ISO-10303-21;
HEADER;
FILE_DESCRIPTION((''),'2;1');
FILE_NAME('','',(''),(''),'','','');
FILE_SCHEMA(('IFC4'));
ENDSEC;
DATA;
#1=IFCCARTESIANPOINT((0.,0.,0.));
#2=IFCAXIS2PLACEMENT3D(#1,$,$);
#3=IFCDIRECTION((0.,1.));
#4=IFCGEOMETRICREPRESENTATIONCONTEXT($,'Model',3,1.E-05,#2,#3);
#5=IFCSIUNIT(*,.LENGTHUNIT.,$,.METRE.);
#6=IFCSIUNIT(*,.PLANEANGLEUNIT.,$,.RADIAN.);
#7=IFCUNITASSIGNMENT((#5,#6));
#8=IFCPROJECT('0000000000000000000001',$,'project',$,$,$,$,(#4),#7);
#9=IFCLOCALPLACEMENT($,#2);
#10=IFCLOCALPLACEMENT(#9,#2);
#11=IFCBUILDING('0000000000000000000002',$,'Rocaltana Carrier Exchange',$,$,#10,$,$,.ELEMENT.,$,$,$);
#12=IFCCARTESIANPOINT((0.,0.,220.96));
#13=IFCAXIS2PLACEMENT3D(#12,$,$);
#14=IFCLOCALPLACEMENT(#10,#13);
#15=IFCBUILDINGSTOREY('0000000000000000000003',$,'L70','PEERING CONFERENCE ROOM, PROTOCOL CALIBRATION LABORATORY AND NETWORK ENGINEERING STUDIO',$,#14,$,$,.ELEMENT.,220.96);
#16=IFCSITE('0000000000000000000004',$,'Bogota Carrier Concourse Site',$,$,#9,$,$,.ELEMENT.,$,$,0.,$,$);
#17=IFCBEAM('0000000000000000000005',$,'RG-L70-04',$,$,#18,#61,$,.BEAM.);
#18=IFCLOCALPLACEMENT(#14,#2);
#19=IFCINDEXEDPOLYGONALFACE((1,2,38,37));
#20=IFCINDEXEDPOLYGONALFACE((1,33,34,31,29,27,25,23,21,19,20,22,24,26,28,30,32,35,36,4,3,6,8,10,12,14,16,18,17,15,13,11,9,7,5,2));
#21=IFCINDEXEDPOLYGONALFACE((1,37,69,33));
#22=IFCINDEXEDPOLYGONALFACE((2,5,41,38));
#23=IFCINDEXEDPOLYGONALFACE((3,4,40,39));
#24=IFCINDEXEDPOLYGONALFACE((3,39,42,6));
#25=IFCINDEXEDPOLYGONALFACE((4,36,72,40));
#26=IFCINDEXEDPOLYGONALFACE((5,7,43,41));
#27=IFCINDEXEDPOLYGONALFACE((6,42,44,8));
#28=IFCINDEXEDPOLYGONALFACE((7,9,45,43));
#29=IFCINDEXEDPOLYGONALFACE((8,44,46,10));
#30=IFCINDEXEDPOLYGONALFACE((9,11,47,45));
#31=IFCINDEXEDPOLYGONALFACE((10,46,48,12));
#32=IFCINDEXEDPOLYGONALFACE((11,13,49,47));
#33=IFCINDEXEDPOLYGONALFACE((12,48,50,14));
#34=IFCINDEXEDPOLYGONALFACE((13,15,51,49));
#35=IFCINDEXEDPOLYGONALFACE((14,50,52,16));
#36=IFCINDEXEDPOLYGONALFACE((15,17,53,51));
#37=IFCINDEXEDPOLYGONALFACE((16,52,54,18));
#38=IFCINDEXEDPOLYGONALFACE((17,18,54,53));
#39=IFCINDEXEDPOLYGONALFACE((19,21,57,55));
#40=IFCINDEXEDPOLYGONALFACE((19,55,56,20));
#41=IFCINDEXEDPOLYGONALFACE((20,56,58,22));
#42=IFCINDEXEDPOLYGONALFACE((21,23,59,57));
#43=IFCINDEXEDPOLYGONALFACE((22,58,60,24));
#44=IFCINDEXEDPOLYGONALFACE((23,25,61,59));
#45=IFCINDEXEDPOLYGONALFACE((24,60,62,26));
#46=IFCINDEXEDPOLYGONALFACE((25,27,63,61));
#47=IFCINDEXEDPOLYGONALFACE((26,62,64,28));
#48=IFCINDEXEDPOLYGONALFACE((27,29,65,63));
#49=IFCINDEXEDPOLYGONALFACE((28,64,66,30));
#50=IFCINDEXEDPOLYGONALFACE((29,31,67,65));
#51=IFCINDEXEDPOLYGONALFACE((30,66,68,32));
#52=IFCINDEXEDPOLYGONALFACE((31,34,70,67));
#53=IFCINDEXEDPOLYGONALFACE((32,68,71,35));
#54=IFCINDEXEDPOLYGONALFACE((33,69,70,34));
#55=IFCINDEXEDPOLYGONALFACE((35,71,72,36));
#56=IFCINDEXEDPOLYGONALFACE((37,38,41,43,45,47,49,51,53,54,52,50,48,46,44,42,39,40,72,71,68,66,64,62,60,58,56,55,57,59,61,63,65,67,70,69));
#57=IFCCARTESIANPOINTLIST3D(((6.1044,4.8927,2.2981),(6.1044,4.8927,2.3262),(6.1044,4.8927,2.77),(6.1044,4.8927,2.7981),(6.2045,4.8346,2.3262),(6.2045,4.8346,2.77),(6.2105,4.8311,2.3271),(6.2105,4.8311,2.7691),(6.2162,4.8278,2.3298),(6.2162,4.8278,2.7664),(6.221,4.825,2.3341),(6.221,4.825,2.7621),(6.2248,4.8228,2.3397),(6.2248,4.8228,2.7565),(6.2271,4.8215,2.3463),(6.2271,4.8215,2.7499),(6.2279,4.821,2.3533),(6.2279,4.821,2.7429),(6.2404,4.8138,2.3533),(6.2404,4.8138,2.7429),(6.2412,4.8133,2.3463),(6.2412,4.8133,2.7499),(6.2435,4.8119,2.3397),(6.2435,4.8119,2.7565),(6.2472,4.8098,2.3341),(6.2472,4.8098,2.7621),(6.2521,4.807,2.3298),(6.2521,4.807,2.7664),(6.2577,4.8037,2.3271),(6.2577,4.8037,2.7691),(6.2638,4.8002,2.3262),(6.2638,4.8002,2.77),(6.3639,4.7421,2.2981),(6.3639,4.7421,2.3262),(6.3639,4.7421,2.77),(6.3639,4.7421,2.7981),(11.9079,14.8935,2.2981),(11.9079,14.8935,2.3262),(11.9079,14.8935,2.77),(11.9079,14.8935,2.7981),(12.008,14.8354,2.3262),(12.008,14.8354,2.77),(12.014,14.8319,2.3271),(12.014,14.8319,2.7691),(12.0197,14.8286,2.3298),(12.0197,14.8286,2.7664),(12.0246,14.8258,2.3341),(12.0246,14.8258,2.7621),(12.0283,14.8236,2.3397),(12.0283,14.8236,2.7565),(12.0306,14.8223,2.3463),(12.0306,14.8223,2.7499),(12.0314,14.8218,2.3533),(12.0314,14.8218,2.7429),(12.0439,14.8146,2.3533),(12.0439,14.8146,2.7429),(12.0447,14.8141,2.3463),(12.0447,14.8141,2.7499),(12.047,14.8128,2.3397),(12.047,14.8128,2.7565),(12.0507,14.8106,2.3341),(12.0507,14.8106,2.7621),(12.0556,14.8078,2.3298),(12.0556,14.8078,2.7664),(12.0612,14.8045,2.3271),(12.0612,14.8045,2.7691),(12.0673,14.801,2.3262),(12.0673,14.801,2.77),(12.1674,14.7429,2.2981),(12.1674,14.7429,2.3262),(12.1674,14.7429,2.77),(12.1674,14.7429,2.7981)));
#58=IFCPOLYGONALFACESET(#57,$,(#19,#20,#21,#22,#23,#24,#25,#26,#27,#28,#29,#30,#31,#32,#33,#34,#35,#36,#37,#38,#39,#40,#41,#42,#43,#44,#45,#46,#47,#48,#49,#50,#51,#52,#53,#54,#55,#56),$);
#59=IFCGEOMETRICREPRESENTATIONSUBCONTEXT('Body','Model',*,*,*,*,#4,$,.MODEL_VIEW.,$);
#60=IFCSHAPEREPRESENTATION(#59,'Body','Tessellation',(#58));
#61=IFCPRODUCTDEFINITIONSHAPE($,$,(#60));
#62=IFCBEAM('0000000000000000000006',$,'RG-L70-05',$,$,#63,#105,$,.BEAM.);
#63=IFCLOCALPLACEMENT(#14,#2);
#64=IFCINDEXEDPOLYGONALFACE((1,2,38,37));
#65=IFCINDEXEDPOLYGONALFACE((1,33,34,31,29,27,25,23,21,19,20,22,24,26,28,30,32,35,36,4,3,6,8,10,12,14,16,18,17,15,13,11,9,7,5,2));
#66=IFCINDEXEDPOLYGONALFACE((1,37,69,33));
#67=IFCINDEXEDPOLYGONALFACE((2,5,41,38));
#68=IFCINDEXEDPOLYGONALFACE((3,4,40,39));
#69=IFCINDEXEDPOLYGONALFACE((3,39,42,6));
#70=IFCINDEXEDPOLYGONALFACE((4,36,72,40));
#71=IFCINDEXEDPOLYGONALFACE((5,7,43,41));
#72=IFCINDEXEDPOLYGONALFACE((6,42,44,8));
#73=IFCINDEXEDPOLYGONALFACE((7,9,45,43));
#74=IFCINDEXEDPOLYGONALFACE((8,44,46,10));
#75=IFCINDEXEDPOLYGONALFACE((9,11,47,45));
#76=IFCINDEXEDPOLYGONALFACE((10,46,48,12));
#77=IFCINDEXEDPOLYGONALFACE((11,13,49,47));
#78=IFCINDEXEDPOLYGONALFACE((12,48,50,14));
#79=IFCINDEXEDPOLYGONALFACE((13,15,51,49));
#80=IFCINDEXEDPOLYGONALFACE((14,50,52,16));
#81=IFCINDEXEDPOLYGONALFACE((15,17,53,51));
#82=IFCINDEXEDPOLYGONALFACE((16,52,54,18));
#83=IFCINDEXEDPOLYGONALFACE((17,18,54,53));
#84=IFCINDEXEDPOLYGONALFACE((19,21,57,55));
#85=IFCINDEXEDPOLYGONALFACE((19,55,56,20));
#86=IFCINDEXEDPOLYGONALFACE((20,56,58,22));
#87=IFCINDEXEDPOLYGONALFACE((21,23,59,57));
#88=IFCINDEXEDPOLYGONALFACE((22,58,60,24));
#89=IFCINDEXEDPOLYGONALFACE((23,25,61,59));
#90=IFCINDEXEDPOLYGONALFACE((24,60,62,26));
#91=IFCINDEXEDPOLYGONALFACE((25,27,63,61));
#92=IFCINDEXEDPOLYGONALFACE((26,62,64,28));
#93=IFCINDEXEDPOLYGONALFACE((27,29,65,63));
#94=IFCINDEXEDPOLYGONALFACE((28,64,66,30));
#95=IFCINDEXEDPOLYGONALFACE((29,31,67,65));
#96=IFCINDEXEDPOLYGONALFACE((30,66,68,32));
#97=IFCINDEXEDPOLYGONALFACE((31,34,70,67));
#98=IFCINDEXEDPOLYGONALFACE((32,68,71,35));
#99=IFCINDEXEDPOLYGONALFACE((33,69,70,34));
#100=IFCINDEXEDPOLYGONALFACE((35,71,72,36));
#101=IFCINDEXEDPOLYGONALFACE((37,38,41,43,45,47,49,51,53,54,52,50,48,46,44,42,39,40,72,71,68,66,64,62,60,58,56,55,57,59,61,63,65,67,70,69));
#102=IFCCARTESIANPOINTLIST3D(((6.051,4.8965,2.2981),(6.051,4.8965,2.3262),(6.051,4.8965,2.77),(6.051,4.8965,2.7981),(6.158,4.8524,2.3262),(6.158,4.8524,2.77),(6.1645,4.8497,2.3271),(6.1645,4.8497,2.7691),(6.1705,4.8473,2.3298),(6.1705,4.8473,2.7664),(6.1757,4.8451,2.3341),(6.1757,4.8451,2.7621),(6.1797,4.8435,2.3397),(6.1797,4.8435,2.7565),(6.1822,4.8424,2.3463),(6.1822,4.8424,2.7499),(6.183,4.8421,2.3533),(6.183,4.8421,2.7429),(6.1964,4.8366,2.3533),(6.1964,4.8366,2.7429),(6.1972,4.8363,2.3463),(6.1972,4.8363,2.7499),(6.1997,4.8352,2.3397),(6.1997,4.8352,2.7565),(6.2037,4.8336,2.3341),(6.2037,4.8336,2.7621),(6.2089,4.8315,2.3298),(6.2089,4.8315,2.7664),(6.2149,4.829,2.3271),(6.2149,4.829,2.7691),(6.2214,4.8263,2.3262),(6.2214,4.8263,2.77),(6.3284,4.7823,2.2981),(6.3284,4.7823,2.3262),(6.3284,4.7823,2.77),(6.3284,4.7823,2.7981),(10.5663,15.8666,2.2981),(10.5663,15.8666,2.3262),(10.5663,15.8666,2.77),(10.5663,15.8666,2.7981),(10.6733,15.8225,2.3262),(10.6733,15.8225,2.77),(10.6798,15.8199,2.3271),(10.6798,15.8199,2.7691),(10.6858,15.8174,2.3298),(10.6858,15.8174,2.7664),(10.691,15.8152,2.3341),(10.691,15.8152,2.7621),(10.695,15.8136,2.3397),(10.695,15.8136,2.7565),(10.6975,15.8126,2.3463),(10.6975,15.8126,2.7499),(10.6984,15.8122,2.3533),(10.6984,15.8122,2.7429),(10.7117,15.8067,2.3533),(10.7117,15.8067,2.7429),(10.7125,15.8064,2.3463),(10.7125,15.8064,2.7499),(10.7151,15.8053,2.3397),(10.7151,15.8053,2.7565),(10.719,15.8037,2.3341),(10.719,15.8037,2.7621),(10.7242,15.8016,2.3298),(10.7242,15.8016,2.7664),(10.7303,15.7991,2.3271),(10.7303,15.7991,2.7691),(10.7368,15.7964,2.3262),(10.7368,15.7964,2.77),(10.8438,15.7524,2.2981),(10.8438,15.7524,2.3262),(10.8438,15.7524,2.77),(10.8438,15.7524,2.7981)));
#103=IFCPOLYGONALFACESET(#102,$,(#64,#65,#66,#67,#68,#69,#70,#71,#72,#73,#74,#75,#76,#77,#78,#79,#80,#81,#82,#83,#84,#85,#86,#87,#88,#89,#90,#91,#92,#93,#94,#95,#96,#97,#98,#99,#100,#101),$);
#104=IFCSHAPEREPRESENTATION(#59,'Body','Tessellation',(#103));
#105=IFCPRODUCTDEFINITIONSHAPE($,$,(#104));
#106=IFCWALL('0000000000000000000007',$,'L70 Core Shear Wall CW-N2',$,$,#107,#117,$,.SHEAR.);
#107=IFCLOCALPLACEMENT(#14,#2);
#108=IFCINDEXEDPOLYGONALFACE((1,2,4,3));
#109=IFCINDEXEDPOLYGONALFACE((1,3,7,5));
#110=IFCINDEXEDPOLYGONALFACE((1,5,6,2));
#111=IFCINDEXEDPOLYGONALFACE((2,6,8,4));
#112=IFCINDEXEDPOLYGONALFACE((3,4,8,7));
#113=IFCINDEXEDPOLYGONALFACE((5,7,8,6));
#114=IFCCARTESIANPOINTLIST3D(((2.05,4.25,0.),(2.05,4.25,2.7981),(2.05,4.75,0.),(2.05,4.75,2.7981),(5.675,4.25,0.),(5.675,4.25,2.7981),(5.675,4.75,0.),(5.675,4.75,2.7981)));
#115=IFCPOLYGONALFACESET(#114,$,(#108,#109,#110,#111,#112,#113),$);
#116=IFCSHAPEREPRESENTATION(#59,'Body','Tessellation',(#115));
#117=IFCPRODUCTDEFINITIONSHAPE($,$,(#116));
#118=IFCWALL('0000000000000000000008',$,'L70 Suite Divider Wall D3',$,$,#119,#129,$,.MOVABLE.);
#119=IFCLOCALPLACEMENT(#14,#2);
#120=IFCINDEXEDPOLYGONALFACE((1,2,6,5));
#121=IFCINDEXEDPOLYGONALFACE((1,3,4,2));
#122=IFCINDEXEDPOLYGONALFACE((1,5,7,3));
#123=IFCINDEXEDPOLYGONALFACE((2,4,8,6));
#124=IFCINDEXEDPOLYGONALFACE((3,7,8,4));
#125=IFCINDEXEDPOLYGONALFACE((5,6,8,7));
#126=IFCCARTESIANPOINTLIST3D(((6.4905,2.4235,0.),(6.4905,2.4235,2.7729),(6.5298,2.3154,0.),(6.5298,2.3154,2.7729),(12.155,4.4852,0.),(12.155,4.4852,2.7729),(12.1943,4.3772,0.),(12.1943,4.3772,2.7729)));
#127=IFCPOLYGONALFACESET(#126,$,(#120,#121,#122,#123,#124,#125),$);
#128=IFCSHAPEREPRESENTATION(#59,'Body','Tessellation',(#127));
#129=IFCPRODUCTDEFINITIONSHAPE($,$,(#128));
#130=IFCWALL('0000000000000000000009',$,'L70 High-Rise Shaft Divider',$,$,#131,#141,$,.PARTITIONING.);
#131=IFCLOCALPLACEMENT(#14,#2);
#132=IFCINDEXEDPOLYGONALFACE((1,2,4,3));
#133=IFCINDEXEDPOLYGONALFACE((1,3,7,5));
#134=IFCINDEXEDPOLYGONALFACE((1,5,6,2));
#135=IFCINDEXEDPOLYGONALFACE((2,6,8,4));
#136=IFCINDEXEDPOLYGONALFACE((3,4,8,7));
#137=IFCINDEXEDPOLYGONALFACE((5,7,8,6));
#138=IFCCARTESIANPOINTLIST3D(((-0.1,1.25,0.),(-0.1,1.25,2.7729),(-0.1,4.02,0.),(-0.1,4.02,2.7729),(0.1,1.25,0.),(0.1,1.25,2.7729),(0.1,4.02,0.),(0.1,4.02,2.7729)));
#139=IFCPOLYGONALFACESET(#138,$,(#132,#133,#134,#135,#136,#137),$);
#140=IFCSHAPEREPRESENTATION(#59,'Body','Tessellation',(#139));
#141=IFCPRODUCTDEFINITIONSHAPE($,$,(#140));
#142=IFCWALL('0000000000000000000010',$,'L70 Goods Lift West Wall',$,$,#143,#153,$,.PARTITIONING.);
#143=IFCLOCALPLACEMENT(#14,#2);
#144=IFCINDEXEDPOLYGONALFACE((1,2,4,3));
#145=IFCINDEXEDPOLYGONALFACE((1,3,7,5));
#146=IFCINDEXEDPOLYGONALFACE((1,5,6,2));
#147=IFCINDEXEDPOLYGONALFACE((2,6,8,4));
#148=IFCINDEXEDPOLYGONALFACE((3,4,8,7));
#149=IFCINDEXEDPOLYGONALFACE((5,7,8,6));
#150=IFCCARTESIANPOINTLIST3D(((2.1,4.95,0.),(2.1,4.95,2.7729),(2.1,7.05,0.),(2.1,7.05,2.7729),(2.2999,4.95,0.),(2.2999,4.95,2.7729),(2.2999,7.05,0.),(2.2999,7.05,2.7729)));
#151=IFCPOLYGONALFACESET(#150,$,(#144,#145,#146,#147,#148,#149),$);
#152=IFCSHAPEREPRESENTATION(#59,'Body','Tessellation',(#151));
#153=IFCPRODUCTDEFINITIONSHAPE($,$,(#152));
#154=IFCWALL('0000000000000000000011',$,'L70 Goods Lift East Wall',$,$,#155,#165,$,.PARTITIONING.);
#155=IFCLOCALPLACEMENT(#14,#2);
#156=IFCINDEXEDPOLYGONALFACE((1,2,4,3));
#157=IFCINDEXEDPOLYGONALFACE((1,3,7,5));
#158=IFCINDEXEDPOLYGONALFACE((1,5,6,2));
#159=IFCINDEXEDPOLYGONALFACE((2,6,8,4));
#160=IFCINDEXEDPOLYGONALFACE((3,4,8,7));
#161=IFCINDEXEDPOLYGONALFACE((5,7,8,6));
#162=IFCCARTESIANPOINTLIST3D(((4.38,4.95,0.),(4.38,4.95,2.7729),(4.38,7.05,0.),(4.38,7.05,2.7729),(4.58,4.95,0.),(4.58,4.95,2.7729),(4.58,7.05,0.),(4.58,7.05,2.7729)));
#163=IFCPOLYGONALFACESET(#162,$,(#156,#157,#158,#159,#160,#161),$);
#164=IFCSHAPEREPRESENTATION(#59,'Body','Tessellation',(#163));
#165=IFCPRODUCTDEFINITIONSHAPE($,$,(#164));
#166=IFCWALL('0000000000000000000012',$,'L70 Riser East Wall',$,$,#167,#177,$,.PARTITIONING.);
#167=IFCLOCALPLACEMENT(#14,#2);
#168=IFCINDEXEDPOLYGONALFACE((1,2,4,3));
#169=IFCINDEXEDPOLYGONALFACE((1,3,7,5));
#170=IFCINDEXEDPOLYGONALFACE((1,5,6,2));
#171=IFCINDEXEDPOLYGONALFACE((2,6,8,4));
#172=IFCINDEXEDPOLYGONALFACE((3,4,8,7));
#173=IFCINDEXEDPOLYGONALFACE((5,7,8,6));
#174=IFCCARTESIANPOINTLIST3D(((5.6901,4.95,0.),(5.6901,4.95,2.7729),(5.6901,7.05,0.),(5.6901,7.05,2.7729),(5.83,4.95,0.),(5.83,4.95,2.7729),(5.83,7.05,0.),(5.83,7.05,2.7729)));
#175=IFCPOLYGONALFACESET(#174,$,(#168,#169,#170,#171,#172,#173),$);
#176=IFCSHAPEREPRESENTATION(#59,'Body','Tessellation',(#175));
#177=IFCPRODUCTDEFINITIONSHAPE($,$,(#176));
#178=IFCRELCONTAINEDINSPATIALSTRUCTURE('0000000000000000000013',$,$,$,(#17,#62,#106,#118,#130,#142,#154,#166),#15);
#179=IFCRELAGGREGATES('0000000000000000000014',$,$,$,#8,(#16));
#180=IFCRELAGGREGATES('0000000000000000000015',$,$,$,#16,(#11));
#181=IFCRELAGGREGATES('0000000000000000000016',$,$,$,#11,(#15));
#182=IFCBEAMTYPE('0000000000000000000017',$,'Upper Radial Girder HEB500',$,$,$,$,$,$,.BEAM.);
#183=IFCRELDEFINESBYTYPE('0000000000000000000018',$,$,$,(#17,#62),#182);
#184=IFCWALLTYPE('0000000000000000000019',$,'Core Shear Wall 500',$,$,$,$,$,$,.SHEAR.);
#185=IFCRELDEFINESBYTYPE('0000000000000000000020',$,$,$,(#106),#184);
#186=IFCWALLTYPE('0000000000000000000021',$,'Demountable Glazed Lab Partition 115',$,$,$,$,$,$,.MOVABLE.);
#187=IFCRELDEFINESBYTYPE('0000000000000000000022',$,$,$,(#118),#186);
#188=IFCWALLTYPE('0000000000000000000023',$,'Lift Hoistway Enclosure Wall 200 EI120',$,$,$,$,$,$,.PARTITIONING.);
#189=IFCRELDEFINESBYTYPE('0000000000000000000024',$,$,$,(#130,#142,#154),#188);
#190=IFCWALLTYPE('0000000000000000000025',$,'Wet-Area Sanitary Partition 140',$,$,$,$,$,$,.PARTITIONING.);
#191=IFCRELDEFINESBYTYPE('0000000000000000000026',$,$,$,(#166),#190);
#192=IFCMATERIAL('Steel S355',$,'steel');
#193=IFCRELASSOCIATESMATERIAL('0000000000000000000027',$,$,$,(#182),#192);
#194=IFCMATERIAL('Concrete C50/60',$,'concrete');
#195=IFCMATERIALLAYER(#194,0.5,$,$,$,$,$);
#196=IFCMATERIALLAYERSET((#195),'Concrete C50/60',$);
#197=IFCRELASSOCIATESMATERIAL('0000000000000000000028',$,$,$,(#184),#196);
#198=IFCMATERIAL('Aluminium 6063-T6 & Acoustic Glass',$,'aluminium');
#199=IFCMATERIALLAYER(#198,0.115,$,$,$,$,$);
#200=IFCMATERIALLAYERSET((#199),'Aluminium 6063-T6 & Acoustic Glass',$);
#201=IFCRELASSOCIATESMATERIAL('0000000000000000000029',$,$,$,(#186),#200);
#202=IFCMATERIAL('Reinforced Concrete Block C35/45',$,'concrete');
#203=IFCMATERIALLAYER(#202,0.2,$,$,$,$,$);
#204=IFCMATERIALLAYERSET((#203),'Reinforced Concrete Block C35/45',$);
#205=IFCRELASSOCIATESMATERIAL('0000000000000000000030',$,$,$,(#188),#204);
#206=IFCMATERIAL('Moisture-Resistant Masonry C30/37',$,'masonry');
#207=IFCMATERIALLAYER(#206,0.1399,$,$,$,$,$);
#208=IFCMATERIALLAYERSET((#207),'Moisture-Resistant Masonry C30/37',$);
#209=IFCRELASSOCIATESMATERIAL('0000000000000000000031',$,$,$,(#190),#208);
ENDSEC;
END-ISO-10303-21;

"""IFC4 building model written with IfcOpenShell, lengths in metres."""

from ifc_helpers import new_model, si_unit, direction, frame, frame_2d, origin, origin_2d, place, context, subcontext, project, spatial, rectangle, i_section, extrude, material, layer, layer_set, material_profile, profile_set, type_object, element, save


model = new_model("IFC4")

# Units and contexts
model_context = context("Model", 3, precision=1e-05, world=origin(), true_north=direction((0.0, 1.0)))
body_context = subcontext(model_context, "Body", "Model", "MODEL_VIEW")
ifc_project = project(units=[si_unit("LENGTHUNIT", "METRE"), si_unit("PLANEANGLEUNIT", "RADIAN")], contexts=[model_context])

# Site, building, storey
site_placement = place(None, origin())
site = spatial("IfcSite", under=ifc_project, at=site_placement, Name="Bogota Carrier Concourse Site", CompositionType="ELEMENT", RefElevation=0.0)
building_placement = place(site_placement, origin())
building = spatial("IfcBuilding", under=site, at=building_placement, Name="Rocaltana Carrier Exchange", CompositionType="ELEMENT")
storey_placement = place(building_placement, frame((0.0, 0.0, 220.96)))
storey = spatial("IfcBuildingStorey", under=building, at=storey_placement, Name="L70", Description="PEERING CONFERENCE ROOM, PROTOCOL CALIBRATION LABORATORY AND NETWORK ENGINEERING STUDIO", CompositionType="ELEMENT", Elevation=220.96)

# Beams
ifc_material_1 = material(Name="Steel S355", Category="steel")
ifc_material_profile_1 = material_profile(ifc_material_1, i_section(OverallWidth=0.3, OverallDepth=0.5, WebThickness=0.0144, FlangeThickness=0.0281, FilletRadius=0.0271, at=origin_2d()), Name="HEB500")
ifc_profile_set_1 = profile_set([ifc_material_profile_1], Name="Steel S355")
beam_type_1 = type_object("IfcBeamType", Name="Upper Radial Girder HEB500", PredefinedType="BEAM", material=ifc_profile_set_1)
beam_1_placement = place(storey_placement, frame((6.2341, 4.8174, 2.5481), z_axis=(0.501915, 0.864917, 0.0), x_axis=(-0.864917, 0.501915, 0.0)))
element("IfcBeam", 1, at=beam_1_placement, inside=storey, type_object=beam_type_1, Name="RG-L70-04", PredefinedType="BEAM", context=body_context, shape_type="SweptSolid", body=[
    extrude(i_section(OverallWidth=0.3, OverallDepth=0.5, WebThickness=0.0144, FlangeThickness=0.0281, FilletRadius=0.0271, at=origin_2d()), origin(), (0.0, 0.0, 1.0), 11.5627),
])
beam_2_placement = place(storey_placement, frame((6.1897, 4.8394, 2.5481), z_axis=(0.380622, 0.924731, 0.0), x_axis=(-0.924731, 0.380622, 0.0)))
element("IfcBeam", 2, at=beam_2_placement, inside=storey, type_object=beam_type_1, Name="RG-L70-05", PredefinedType="BEAM", context=body_context, shape_type="SweptSolid", body=[
    extrude(i_section(OverallWidth=0.3, OverallDepth=0.5, WebThickness=0.0144, FlangeThickness=0.0281, FilletRadius=0.0271, at=origin_2d()), origin(), (0.0, 0.0, 1.0), 11.863),
])

# Walls
ifc_material_2 = material(Name="Concrete C50/60", Category="concrete")
ifc_layer_1 = layer(ifc_material_2, 0.5)
ifc_layer_set_1 = layer_set([ifc_layer_1], Name="Concrete C50/60")
wall_type_1 = type_object("IfcWallType", Name="Core Shear Wall 500", PredefinedType="SHEAR", material=ifc_layer_set_1)
wall_1_placement = place(storey_placement, frame((2.05, 4.5, 0.0), z_axis=(0.0, 0.0, 1.0), x_axis=(1.0, 0.0, 0.0)))
element("IfcWall", 3, at=wall_1_placement, inside=storey, type_object=wall_type_1, Name="L70 Core Shear Wall CW-N2", PredefinedType="SHEAR", context=body_context, shape_type="SweptSolid", body=[
    extrude(rectangle(XDim=3.625, YDim=0.5, at=frame_2d((1.8125, 0.0))), origin(), (0.0, 0.0, 1.0), 2.7981),
])
ifc_material_3 = material(Name="Aluminium 6063-T6 & Acoustic Glass", Category="aluminium")
ifc_layer_2 = layer(ifc_material_3, 0.115)
ifc_layer_set_2 = layer_set([ifc_layer_2], Name="Aluminium 6063-T6 & Acoustic Glass")
wall_type_2 = type_object("IfcWallType", Name="Demountable Glazed Lab Partition 115", PredefinedType="MOVABLE", material=ifc_layer_set_2)
wall_2_placement = place(storey_placement, frame((6.51, 2.3694, 0.0), z_axis=(0.0, 0.0, 1.0), x_axis=(0.939691, 0.342026, 0.0)))
element("IfcWall", 4, at=wall_2_placement, inside=storey, type_object=wall_type_2, Name="L70 Suite Divider Wall D3", PredefinedType="MOVABLE", context=body_context, shape_type="SweptSolid", body=[
    extrude(rectangle(XDim=6.0281, YDim=0.115, at=frame_2d((3.0142, 0.0))), origin(), (0.0, 0.0, 1.0), 2.7729),
])
ifc_material_4 = material(Name="Reinforced Concrete Block C35/45", Category="concrete")
ifc_layer_3 = layer(ifc_material_4, 0.2)
ifc_layer_set_3 = layer_set([ifc_layer_3], Name="Reinforced Concrete Block C35/45")
wall_type_3 = type_object("IfcWallType", Name="Lift Hoistway Enclosure Wall 200 EI120", PredefinedType="PARTITIONING", material=ifc_layer_set_3)
wall_3_placement = place(storey_placement, frame((0.0, 1.25, 0.0), z_axis=(0.0, 0.0, 1.0), x_axis=(0.0, 1.0, 0.0)))
element("IfcWall", 5, at=wall_3_placement, inside=storey, type_object=wall_type_3, Name="L70 High-Rise Shaft Divider", PredefinedType="PARTITIONING", context=body_context, shape_type="SweptSolid", body=[
    extrude(rectangle(XDim=2.77, YDim=0.2, at=frame_2d((1.385, 0.0))), origin(), (0.0, 0.0, 1.0), 2.7729),
])
for number, where, z_axis, x_axis, name in (
    (6, (2.2, 4.95, 0.0), (0.0, 0.0, 1.0), (0.0, 1.0, 0.0), "L70 Goods Lift West Wall"),
    (7, (4.48, 4.95, 0.0), (0.0, 0.0, 1.0), (0.0, 1.0, 0.0), "L70 Goods Lift East Wall"),
):
    element("IfcWall", number, at=place(storey_placement, frame(where, z_axis=z_axis, x_axis=x_axis)), inside=storey, type_object=wall_type_3, Name=name, PredefinedType="PARTITIONING", context=body_context, shape_type="SweptSolid", body=[
        extrude(rectangle(XDim=2.1001, YDim=0.2, at=frame_2d((1.05, 0.0))), origin(), (0.0, 0.0, 1.0), 2.7729),
    ])
ifc_material_5 = material(Name="Moisture-Resistant Masonry C30/37", Category="masonry")
ifc_layer_4 = layer(ifc_material_5, 0.1399)
ifc_layer_set_4 = layer_set([ifc_layer_4], Name="Moisture-Resistant Masonry C30/37")
wall_type_4 = type_object("IfcWallType", Name="Wet-Area Sanitary Partition 140", PredefinedType="PARTITIONING", material=ifc_layer_set_4)
wall_4_placement = place(storey_placement, frame((5.76, 4.95, 0.0), z_axis=(0.0, 0.0, 1.0), x_axis=(0.0, 1.0, 0.0)))
element("IfcWall", 8, at=wall_4_placement, inside=storey, type_object=wall_type_4, Name="L70 Riser East Wall", PredefinedType="PARTITIONING", context=body_context, shape_type="SweptSolid", body=[
    extrude(rectangle(XDim=2.1001, YDim=0.1399, at=frame_2d((1.05, 0.0))), origin(), (0.0, 0.0, 1.0), 2.7729),
])

save(model, "model.ifc")
